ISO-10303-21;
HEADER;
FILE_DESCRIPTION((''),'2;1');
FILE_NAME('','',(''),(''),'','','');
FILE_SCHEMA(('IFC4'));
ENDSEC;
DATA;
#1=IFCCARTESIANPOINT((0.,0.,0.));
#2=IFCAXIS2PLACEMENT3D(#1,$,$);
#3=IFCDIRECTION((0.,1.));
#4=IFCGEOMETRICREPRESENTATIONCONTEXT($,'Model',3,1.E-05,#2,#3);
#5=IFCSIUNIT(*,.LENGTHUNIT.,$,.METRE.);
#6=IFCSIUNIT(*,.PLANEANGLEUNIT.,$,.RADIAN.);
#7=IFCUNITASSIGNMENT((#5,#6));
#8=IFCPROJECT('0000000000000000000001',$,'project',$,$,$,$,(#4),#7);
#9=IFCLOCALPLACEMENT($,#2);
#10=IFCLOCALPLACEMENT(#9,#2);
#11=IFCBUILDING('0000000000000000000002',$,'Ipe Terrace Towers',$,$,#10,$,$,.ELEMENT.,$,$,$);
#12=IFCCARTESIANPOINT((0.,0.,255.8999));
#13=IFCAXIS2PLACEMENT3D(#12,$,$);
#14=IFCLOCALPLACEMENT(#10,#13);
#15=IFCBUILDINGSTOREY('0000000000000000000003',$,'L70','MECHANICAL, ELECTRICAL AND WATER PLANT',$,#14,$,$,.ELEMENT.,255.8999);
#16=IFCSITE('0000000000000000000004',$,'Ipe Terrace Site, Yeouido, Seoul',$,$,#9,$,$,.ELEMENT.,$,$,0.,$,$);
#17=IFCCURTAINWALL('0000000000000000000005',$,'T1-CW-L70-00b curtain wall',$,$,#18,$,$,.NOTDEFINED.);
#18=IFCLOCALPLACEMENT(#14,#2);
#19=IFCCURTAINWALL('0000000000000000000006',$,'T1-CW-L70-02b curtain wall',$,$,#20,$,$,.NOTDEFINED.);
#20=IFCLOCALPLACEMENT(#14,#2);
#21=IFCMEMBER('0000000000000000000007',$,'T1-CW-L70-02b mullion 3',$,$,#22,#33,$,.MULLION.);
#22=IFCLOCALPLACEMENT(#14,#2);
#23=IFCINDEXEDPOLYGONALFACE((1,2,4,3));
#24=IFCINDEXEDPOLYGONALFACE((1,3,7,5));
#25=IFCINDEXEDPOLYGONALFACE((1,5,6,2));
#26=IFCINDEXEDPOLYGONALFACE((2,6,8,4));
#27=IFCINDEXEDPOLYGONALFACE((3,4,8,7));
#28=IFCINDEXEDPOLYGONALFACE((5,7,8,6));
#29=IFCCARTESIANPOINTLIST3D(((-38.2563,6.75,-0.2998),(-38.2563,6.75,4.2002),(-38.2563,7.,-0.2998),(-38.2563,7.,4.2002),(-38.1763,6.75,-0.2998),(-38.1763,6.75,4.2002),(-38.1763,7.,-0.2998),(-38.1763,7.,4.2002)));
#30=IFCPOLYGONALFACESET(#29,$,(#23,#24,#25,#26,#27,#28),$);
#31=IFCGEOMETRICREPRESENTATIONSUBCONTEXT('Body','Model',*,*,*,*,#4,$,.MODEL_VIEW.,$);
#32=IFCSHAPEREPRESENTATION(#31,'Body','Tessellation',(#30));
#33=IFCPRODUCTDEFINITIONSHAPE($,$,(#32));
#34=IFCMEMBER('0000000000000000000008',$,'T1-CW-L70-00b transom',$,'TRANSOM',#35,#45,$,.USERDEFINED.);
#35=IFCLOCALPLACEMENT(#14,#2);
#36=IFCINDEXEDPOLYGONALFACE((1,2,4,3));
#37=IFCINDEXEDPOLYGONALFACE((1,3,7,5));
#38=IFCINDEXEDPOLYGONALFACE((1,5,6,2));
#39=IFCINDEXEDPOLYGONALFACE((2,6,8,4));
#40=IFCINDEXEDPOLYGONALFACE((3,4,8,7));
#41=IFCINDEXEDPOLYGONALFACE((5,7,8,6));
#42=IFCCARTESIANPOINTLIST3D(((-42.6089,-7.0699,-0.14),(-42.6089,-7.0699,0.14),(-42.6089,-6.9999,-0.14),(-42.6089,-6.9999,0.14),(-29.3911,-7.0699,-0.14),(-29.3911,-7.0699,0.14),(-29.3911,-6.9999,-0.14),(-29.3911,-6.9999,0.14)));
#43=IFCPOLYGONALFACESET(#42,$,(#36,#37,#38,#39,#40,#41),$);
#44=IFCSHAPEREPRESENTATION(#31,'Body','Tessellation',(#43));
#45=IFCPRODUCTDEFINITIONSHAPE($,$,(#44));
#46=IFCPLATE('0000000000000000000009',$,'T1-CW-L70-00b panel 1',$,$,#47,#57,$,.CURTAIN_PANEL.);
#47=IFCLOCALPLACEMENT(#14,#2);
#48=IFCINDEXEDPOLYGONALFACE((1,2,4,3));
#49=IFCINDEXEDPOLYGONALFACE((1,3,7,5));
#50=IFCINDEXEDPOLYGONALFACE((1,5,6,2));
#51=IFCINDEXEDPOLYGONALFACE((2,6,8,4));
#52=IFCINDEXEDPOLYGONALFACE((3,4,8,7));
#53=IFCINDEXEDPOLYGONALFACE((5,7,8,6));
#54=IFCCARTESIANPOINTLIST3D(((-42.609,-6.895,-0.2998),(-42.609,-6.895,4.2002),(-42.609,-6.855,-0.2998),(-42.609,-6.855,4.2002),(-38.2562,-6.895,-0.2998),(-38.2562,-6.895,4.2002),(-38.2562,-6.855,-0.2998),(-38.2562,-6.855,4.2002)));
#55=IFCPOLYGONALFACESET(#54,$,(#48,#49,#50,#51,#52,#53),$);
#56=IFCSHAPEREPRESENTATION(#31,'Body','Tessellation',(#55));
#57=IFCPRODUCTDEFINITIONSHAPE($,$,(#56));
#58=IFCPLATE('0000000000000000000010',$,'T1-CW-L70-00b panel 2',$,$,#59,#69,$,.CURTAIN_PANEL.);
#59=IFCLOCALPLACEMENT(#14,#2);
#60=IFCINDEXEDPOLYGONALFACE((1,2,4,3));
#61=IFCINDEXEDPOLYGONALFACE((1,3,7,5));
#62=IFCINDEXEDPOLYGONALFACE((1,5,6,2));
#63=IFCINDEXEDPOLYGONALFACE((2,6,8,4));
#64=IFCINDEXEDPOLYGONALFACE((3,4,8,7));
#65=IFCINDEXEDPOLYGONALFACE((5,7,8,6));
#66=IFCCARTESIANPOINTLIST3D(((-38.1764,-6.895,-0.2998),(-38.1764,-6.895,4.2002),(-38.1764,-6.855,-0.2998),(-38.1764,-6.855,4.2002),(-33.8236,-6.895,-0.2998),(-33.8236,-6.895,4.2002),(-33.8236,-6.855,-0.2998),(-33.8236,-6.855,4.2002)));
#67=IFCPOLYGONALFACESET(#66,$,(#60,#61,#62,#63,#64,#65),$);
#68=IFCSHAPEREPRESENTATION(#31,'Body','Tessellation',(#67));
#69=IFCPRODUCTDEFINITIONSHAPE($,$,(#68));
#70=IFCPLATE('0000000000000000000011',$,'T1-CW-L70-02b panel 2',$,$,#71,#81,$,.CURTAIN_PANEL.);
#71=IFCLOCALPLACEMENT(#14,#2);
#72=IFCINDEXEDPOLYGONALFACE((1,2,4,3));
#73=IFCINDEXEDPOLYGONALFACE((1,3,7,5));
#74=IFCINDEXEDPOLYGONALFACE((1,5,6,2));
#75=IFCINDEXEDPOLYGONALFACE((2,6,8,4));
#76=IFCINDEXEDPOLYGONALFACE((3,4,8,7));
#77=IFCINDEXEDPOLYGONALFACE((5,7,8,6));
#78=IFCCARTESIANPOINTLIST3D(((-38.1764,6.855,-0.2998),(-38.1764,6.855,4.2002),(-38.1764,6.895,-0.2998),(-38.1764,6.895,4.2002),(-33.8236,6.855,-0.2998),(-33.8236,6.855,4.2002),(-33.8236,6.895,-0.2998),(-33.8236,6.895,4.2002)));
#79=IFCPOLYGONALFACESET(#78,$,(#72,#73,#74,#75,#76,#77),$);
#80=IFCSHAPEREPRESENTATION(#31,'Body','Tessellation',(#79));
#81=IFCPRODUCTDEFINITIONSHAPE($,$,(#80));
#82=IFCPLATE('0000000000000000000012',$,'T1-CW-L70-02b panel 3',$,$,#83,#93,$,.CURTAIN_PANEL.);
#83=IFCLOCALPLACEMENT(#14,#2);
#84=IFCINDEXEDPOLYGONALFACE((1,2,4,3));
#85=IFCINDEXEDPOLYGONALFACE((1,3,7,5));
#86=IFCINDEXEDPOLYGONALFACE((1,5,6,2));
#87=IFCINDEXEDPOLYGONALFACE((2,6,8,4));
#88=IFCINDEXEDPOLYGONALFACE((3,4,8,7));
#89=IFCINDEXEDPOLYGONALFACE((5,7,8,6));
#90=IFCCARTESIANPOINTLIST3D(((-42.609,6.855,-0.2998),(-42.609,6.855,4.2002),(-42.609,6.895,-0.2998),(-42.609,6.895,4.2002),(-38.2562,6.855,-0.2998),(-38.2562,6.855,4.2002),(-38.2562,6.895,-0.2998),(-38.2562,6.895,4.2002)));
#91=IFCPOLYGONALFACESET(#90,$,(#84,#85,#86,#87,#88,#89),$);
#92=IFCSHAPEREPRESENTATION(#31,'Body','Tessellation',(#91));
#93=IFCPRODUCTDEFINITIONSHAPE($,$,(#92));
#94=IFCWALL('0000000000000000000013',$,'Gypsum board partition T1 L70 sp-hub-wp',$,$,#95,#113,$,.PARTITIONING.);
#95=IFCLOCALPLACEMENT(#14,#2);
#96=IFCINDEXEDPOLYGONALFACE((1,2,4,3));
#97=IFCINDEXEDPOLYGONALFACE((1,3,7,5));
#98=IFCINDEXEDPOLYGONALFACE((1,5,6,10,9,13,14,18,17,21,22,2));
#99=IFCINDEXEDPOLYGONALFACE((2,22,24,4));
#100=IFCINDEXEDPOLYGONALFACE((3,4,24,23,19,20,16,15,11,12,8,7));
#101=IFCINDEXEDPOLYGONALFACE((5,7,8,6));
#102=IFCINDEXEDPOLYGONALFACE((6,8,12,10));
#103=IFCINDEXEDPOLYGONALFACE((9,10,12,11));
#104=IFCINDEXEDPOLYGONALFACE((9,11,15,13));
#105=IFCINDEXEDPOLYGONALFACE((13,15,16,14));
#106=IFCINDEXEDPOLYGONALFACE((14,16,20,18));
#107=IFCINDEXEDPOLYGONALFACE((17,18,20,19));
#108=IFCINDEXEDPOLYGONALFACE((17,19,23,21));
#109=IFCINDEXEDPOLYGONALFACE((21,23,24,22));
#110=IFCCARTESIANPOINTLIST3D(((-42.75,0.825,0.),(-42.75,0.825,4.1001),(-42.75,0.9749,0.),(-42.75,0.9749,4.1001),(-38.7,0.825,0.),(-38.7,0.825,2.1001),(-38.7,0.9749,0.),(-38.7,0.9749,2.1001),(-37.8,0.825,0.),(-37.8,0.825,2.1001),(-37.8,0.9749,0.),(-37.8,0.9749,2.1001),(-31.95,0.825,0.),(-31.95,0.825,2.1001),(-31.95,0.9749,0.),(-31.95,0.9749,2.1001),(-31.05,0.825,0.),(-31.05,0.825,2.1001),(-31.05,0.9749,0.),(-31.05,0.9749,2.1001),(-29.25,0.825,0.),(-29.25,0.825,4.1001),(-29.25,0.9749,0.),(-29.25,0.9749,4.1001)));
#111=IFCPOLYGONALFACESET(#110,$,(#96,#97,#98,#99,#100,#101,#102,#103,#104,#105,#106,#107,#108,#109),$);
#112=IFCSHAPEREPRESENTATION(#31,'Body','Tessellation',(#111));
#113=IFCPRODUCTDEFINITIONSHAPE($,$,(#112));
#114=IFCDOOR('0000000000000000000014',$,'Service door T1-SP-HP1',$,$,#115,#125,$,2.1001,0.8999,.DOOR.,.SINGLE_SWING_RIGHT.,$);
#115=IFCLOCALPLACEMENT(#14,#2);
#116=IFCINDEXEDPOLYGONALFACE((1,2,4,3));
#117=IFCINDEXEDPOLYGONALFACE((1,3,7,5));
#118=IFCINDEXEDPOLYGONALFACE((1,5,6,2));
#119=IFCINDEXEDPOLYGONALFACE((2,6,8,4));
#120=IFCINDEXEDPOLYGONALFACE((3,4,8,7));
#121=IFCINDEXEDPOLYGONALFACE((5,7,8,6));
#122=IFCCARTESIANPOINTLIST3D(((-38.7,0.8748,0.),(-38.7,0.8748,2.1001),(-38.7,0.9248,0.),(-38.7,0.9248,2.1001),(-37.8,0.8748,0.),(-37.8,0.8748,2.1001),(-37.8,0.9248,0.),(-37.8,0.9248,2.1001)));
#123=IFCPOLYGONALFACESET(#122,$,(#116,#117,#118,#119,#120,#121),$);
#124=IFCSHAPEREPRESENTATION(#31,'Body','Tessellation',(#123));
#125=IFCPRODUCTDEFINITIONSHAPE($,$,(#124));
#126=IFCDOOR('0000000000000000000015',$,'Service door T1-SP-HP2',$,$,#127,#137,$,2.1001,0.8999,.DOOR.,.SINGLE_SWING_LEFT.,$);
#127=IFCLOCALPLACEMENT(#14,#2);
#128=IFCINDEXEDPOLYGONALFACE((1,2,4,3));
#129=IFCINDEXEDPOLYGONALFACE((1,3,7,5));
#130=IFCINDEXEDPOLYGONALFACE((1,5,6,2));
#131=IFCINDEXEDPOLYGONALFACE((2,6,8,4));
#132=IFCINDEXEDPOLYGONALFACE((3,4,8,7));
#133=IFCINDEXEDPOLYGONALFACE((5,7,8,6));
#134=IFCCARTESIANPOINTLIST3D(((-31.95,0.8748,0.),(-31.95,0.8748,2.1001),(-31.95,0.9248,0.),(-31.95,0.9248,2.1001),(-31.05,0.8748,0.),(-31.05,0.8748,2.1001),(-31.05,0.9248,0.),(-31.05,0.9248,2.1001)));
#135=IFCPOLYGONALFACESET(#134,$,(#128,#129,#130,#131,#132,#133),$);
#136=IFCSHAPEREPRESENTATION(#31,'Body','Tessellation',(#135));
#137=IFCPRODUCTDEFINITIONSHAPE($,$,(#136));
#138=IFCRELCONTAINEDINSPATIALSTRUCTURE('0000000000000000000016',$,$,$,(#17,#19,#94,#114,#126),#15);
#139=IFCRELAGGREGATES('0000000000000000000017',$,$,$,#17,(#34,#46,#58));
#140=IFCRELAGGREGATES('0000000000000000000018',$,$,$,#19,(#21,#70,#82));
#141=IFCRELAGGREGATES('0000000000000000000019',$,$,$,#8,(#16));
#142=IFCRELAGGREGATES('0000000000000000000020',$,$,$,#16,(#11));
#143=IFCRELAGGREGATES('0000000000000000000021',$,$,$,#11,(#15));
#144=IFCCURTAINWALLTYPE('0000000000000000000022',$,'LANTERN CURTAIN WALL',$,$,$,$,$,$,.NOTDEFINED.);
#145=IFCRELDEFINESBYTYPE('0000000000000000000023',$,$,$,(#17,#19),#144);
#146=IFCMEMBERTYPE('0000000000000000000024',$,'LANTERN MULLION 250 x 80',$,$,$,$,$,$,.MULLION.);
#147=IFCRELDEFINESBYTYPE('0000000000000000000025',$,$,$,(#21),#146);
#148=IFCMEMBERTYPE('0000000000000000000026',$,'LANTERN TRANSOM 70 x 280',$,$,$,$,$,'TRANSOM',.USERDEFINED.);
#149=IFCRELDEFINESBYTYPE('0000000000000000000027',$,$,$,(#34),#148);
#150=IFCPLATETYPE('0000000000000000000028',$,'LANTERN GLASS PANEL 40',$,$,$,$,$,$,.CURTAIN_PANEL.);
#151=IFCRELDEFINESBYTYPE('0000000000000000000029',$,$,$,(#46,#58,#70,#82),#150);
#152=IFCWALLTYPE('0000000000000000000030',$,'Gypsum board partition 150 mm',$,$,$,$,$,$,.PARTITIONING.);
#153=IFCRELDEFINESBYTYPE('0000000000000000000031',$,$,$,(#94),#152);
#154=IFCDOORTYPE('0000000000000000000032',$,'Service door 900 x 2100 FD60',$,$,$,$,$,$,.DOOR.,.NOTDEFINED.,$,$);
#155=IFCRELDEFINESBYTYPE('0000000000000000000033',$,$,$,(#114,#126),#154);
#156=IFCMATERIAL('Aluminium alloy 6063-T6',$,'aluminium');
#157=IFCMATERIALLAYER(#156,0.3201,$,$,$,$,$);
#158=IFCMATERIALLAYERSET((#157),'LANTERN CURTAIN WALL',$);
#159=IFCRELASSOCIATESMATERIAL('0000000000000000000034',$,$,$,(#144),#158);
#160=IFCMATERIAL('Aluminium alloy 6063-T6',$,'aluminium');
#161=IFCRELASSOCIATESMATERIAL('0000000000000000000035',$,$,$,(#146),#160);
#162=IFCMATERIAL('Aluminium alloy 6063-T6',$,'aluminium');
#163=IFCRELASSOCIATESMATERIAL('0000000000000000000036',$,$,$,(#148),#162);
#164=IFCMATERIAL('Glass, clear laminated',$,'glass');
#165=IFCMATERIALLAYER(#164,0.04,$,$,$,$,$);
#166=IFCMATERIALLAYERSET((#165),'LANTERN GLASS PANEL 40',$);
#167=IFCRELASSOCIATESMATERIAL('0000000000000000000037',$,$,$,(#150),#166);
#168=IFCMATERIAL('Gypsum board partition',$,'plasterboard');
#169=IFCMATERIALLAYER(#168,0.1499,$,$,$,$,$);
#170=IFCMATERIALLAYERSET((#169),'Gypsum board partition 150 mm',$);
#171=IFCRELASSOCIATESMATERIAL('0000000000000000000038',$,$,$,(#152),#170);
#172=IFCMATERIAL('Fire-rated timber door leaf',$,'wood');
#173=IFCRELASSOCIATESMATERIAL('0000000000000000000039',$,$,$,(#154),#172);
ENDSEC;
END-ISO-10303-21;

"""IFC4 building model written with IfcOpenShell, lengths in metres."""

from ifc_helpers import new_model, si_unit, direction, frame, frame_2d, origin, origin_2d, place, context, subcontext, project, spatial, rectangle, extrude, material, layer, layer_set, material_profile, profile_set, type_object, element, fill, aggregate, save


model = new_model("IFC4")

# Units and contexts
model_context = context("Model", 3, precision=1e-05, world=origin(), true_north=direction((0.0, 1.0)))
body_context = subcontext(model_context, "Body", "Model", "MODEL_VIEW")
ifc_project = project(units=[si_unit("LENGTHUNIT", "METRE"), si_unit("PLANEANGLEUNIT", "RADIAN")], contexts=[model_context])

# Site, building, storey
site_placement = place(None, origin())
site = spatial("IfcSite", under=ifc_project, at=site_placement, Name="Ipe Terrace Site, Yeouido, Seoul", CompositionType="ELEMENT", RefElevation=0.0)
building_placement = place(site_placement, origin())
building = spatial("IfcBuilding", under=site, at=building_placement, Name="Ipe Terrace Towers", CompositionType="ELEMENT")
storey_placement = place(building_placement, frame((0.0, 0.0, 255.8999)))
storey = spatial("IfcBuildingStorey", under=building, at=storey_placement, Name="L70", Description="MECHANICAL, ELECTRICAL AND WATER PLANT", CompositionType="ELEMENT", Elevation=255.8999)

# Curtain walls
ifc_material_1 = material(Name="Aluminium alloy 6063-T6", Category="aluminium")
ifc_layer_1 = layer(ifc_material_1, 0.3201)
ifc_layer_set_1 = layer_set([ifc_layer_1], Name="LANTERN CURTAIN WALL")
curtain_wall_type = type_object("IfcCurtainWallType", Name="LANTERN CURTAIN WALL", PredefinedType="NOTDEFINED", material=ifc_layer_set_1)
curtain_wall_1_placement = place(storey_placement, origin())
curtain_wall_1 = element("IfcCurtainWall", 1, at=curtain_wall_1_placement, inside=storey, type_object=curtain_wall_type, Name="T1-CW-L70-00b curtain wall", PredefinedType="NOTDEFINED")
curtain_wall_2_placement = place(storey_placement, origin())
curtain_wall_2 = element("IfcCurtainWall", 2, at=curtain_wall_2_placement, inside=storey, type_object=curtain_wall_type, Name="T1-CW-L70-02b curtain wall", PredefinedType="NOTDEFINED")

# Members
ifc_material_2 = material(Name="Aluminium alloy 6063-T6", Category="aluminium")
ifc_material_profile_1 = material_profile(ifc_material_2, rectangle(XDim=0.25, YDim=0.0801, at=origin_2d()), Name="LANTERN MULLION 250 x 80")
ifc_profile_set_1 = profile_set([ifc_material_profile_1], Name="Aluminium alloy 6063-T6")
member_type_1 = type_object("IfcMemberType", Name="LANTERN MULLION 250 x 80", PredefinedType="MULLION", material=ifc_profile_set_1)
member_1_placement = place(storey_placement, frame((-38.2163, 6.875, -0.2998), z_axis=(0.0, 0.0, 1.0), x_axis=(0.0, 1.0, 0.0)))
member_1 = element("IfcMember", 3, at=member_1_placement, type_object=member_type_1, Name="T1-CW-L70-02b mullion 3", PredefinedType="MULLION", context=body_context, shape_type="SweptSolid", body=[
    extrude(rectangle(XDim=0.25, YDim=0.0801, at=origin_2d()), origin(), (0.0, 0.0, 1.0), 4.5),
])
ifc_material_3 = material(Name="Aluminium alloy 6063-T6", Category="aluminium")
ifc_material_profile_2 = material_profile(ifc_material_3, rectangle(XDim=0.0701, YDim=0.28, at=origin_2d()), Name="LANTERN TRANSOM 70 x 280")
ifc_profile_set_2 = profile_set([ifc_material_profile_2], Name="Aluminium alloy 6063-T6")
member_type_2 = type_object("IfcMemberType", Name="LANTERN TRANSOM 70 x 280", ElementType="TRANSOM", PredefinedType="USERDEFINED", material=ifc_profile_set_2)
member_2_placement = place(storey_placement, frame((-42.6089, -7.0349, 0.0), z_axis=(1.0, 0.0, 0.0), x_axis=(0.0, -1.0, 0.0)))
member_2 = element("IfcMember", 4, at=member_2_placement, type_object=member_type_2, Name="T1-CW-L70-00b transom", ObjectType="TRANSOM", PredefinedType="USERDEFINED", context=body_context, shape_type="SweptSolid", body=[
    extrude(rectangle(XDim=0.0701, YDim=0.28, at=origin_2d()), origin(), (0.0, 0.0, 1.0), 13.2178),
])

# Plates
ifc_material_4 = material(Name="Glass, clear laminated", Category="glass")
ifc_layer_2 = layer(ifc_material_4, 0.04)
ifc_layer_set_2 = layer_set([ifc_layer_2], Name="LANTERN GLASS PANEL 40")
plate_type = type_object("IfcPlateType", Name="LANTERN GLASS PANEL 40", PredefinedType="CURTAIN_PANEL", material=ifc_layer_set_2)
plate_1_placement = place(storey_placement, frame((-40.4326, -6.875, -0.2998), z_axis=(0.0, 0.0, 1.0), x_axis=(1.0, 0.0, 0.0)))
plate_1 = element("IfcPlate", 5, at=plate_1_placement, type_object=plate_type, Name="T1-CW-L70-00b panel 1", PredefinedType="CURTAIN_PANEL", context=body_context, shape_type="SweptSolid", body=[
    extrude(rectangle(XDim=4.3528, YDim=0.04, at=origin_2d()), origin(), (0.0, 0.0, 1.0), 4.5),
])
plate_2_placement = place(storey_placement, frame((-36.0, -6.875, -0.2998), z_axis=(0.0, 0.0, 1.0), x_axis=(1.0, 0.0, 0.0)))
plate_2 = element("IfcPlate", 6, at=plate_2_placement, type_object=plate_type, Name="T1-CW-L70-00b panel 2", PredefinedType="CURTAIN_PANEL", context=body_context, shape_type="SweptSolid", body=[
    extrude(rectangle(XDim=4.3528, YDim=0.04, at=origin_2d()), origin(), (0.0, 0.0, 1.0), 4.5),
])
aggregate(curtain_wall_1, [member_2, plate_1, plate_2])
plate_3_placement = place(storey_placement, frame((-36.0, 6.875, -0.2998), z_axis=(0.0, 0.0, 1.0), x_axis=(-1.0, 0.0, 0.0)))
plate_3 = element("IfcPlate", 7, at=plate_3_placement, type_object=plate_type, Name="T1-CW-L70-02b panel 2", PredefinedType="CURTAIN_PANEL", context=body_context, shape_type="SweptSolid", body=[
    extrude(rectangle(XDim=4.3528, YDim=0.04, at=origin_2d()), origin(), (0.0, 0.0, 1.0), 4.5),
])
plate_4_placement = place(storey_placement, frame((-40.4326, 6.875, -0.2998), z_axis=(0.0, 0.0, 1.0), x_axis=(-1.0, 0.0, 0.0)))
plate_4 = element("IfcPlate", 8, at=plate_4_placement, type_object=plate_type, Name="T1-CW-L70-02b panel 3", PredefinedType="CURTAIN_PANEL", context=body_context, shape_type="SweptSolid", body=[
    extrude(rectangle(XDim=4.3528, YDim=0.04, at=origin_2d()), origin(), (0.0, 0.0, 1.0), 4.5),
])
aggregate(curtain_wall_2, [member_1, plate_3, plate_4])

# Wall, openings, doors
ifc_material_5 = material(Name="Gypsum board partition", Category="plasterboard")
ifc_layer_3 = layer(ifc_material_5, 0.1499)
ifc_layer_set_3 = layer_set([ifc_layer_3], Name="Gypsum board partition 150 mm")
wall_type_1 = type_object("IfcWallType", Name="Gypsum board partition 150 mm", PredefinedType="PARTITIONING", material=ifc_layer_set_3)
wall_1_placement = place(storey_placement, frame((-42.75, 0.8999, 0.0), z_axis=(0.0, 0.0, 1.0), x_axis=(1.0, 0.0, 0.0)))
wall_1 = element("IfcWall", 9, at=wall_1_placement, inside=storey, type_object=wall_type_1, Name="Gypsum board partition T1 L70 sp-hub-wp", PredefinedType="PARTITIONING", context=body_context, shape_type="SweptSolid", body=[
    extrude(rectangle(XDim=13.5, YDim=0.1499, at=frame_2d((6.75, 0.0))), origin(), (0.0, 0.0, 1.0), 4.1001),
])
opening_1_placement = place(wall_1_placement, frame((4.05, 0.0, 0.0)))
opening_1 = element("IfcOpeningElement", 10, at=opening_1_placement, cuts=wall_1, PredefinedType="OPENING", context=body_context, shape_type="SweptSolid", body=[
    extrude(rectangle(XDim=0.8999, YDim=2.1001, at=frame_2d((0.45, 1.05))), frame((0.0, 0.085, 0.0), z_axis=(0.0, -1.0, 0.0), x_axis=(1.0, 0.0, 0.0)), (0.0, 0.0, 1.0), 0.1699),
])
opening_2_placement = place(wall_1_placement, frame((10.8, 0.0, 0.0)))
opening_2 = element("IfcOpeningElement", 11, at=opening_2_placement, cuts=wall_1, PredefinedType="OPENING", context=body_context, shape_type="SweptSolid", body=[
    extrude(rectangle(XDim=0.8999, YDim=2.1001, at=frame_2d((0.45, 1.05))), frame((0.0, 0.085, 0.0), z_axis=(0.0, -1.0, 0.0), x_axis=(1.0, 0.0, 0.0)), (0.0, 0.0, 1.0), 0.1699),
])
ifc_material_6 = material(Name="Fire-rated timber door leaf", Category="wood")
door_type_1 = type_object("IfcDoorType", Name="Service door 900 x 2100 FD60", OperationType="NOTDEFINED", PredefinedType="DOOR", material=ifc_material_6)
door_1_placement = place(opening_1_placement, origin())
door_1 = element("IfcDoor", 12, at=door_1_placement, inside=storey, type_object=door_type_1, Name="Service door T1-SP-HP1", OperationType="SINGLE_SWING_RIGHT", OverallHeight=2.1001, OverallWidth=0.8999, PredefinedType="DOOR", context=body_context, shape_type="SweptSolid", body=[
    extrude(rectangle(XDim=0.8999, YDim=2.1001, at=frame_2d((0.45, 1.05))), frame((0.0, 0.0249, 0.0), z_axis=(0.0, -1.0, 0.0), x_axis=(1.0, 0.0, 0.0)), (0.0, 0.0, 1.0), 0.05),
])
fill(opening_1, door_1)
door_2_placement = place(opening_2_placement, origin())
door_2 = element("IfcDoor", 13, at=door_2_placement, inside=storey, type_object=door_type_1, Name="Service door T1-SP-HP2", OperationType="SINGLE_SWING_LEFT", OverallHeight=2.1001, OverallWidth=0.8999, PredefinedType="DOOR", context=body_context, shape_type="SweptSolid", body=[
    extrude(rectangle(XDim=0.8999, YDim=2.1001, at=frame_2d((0.45, 1.05))), frame((0.0, 0.0249, 0.0), z_axis=(0.0, -1.0, 0.0), x_axis=(1.0, 0.0, 0.0)), (0.0, 0.0, 1.0), 0.05),
])
fill(opening_2, door_2)

save(model, "model.ifc")
